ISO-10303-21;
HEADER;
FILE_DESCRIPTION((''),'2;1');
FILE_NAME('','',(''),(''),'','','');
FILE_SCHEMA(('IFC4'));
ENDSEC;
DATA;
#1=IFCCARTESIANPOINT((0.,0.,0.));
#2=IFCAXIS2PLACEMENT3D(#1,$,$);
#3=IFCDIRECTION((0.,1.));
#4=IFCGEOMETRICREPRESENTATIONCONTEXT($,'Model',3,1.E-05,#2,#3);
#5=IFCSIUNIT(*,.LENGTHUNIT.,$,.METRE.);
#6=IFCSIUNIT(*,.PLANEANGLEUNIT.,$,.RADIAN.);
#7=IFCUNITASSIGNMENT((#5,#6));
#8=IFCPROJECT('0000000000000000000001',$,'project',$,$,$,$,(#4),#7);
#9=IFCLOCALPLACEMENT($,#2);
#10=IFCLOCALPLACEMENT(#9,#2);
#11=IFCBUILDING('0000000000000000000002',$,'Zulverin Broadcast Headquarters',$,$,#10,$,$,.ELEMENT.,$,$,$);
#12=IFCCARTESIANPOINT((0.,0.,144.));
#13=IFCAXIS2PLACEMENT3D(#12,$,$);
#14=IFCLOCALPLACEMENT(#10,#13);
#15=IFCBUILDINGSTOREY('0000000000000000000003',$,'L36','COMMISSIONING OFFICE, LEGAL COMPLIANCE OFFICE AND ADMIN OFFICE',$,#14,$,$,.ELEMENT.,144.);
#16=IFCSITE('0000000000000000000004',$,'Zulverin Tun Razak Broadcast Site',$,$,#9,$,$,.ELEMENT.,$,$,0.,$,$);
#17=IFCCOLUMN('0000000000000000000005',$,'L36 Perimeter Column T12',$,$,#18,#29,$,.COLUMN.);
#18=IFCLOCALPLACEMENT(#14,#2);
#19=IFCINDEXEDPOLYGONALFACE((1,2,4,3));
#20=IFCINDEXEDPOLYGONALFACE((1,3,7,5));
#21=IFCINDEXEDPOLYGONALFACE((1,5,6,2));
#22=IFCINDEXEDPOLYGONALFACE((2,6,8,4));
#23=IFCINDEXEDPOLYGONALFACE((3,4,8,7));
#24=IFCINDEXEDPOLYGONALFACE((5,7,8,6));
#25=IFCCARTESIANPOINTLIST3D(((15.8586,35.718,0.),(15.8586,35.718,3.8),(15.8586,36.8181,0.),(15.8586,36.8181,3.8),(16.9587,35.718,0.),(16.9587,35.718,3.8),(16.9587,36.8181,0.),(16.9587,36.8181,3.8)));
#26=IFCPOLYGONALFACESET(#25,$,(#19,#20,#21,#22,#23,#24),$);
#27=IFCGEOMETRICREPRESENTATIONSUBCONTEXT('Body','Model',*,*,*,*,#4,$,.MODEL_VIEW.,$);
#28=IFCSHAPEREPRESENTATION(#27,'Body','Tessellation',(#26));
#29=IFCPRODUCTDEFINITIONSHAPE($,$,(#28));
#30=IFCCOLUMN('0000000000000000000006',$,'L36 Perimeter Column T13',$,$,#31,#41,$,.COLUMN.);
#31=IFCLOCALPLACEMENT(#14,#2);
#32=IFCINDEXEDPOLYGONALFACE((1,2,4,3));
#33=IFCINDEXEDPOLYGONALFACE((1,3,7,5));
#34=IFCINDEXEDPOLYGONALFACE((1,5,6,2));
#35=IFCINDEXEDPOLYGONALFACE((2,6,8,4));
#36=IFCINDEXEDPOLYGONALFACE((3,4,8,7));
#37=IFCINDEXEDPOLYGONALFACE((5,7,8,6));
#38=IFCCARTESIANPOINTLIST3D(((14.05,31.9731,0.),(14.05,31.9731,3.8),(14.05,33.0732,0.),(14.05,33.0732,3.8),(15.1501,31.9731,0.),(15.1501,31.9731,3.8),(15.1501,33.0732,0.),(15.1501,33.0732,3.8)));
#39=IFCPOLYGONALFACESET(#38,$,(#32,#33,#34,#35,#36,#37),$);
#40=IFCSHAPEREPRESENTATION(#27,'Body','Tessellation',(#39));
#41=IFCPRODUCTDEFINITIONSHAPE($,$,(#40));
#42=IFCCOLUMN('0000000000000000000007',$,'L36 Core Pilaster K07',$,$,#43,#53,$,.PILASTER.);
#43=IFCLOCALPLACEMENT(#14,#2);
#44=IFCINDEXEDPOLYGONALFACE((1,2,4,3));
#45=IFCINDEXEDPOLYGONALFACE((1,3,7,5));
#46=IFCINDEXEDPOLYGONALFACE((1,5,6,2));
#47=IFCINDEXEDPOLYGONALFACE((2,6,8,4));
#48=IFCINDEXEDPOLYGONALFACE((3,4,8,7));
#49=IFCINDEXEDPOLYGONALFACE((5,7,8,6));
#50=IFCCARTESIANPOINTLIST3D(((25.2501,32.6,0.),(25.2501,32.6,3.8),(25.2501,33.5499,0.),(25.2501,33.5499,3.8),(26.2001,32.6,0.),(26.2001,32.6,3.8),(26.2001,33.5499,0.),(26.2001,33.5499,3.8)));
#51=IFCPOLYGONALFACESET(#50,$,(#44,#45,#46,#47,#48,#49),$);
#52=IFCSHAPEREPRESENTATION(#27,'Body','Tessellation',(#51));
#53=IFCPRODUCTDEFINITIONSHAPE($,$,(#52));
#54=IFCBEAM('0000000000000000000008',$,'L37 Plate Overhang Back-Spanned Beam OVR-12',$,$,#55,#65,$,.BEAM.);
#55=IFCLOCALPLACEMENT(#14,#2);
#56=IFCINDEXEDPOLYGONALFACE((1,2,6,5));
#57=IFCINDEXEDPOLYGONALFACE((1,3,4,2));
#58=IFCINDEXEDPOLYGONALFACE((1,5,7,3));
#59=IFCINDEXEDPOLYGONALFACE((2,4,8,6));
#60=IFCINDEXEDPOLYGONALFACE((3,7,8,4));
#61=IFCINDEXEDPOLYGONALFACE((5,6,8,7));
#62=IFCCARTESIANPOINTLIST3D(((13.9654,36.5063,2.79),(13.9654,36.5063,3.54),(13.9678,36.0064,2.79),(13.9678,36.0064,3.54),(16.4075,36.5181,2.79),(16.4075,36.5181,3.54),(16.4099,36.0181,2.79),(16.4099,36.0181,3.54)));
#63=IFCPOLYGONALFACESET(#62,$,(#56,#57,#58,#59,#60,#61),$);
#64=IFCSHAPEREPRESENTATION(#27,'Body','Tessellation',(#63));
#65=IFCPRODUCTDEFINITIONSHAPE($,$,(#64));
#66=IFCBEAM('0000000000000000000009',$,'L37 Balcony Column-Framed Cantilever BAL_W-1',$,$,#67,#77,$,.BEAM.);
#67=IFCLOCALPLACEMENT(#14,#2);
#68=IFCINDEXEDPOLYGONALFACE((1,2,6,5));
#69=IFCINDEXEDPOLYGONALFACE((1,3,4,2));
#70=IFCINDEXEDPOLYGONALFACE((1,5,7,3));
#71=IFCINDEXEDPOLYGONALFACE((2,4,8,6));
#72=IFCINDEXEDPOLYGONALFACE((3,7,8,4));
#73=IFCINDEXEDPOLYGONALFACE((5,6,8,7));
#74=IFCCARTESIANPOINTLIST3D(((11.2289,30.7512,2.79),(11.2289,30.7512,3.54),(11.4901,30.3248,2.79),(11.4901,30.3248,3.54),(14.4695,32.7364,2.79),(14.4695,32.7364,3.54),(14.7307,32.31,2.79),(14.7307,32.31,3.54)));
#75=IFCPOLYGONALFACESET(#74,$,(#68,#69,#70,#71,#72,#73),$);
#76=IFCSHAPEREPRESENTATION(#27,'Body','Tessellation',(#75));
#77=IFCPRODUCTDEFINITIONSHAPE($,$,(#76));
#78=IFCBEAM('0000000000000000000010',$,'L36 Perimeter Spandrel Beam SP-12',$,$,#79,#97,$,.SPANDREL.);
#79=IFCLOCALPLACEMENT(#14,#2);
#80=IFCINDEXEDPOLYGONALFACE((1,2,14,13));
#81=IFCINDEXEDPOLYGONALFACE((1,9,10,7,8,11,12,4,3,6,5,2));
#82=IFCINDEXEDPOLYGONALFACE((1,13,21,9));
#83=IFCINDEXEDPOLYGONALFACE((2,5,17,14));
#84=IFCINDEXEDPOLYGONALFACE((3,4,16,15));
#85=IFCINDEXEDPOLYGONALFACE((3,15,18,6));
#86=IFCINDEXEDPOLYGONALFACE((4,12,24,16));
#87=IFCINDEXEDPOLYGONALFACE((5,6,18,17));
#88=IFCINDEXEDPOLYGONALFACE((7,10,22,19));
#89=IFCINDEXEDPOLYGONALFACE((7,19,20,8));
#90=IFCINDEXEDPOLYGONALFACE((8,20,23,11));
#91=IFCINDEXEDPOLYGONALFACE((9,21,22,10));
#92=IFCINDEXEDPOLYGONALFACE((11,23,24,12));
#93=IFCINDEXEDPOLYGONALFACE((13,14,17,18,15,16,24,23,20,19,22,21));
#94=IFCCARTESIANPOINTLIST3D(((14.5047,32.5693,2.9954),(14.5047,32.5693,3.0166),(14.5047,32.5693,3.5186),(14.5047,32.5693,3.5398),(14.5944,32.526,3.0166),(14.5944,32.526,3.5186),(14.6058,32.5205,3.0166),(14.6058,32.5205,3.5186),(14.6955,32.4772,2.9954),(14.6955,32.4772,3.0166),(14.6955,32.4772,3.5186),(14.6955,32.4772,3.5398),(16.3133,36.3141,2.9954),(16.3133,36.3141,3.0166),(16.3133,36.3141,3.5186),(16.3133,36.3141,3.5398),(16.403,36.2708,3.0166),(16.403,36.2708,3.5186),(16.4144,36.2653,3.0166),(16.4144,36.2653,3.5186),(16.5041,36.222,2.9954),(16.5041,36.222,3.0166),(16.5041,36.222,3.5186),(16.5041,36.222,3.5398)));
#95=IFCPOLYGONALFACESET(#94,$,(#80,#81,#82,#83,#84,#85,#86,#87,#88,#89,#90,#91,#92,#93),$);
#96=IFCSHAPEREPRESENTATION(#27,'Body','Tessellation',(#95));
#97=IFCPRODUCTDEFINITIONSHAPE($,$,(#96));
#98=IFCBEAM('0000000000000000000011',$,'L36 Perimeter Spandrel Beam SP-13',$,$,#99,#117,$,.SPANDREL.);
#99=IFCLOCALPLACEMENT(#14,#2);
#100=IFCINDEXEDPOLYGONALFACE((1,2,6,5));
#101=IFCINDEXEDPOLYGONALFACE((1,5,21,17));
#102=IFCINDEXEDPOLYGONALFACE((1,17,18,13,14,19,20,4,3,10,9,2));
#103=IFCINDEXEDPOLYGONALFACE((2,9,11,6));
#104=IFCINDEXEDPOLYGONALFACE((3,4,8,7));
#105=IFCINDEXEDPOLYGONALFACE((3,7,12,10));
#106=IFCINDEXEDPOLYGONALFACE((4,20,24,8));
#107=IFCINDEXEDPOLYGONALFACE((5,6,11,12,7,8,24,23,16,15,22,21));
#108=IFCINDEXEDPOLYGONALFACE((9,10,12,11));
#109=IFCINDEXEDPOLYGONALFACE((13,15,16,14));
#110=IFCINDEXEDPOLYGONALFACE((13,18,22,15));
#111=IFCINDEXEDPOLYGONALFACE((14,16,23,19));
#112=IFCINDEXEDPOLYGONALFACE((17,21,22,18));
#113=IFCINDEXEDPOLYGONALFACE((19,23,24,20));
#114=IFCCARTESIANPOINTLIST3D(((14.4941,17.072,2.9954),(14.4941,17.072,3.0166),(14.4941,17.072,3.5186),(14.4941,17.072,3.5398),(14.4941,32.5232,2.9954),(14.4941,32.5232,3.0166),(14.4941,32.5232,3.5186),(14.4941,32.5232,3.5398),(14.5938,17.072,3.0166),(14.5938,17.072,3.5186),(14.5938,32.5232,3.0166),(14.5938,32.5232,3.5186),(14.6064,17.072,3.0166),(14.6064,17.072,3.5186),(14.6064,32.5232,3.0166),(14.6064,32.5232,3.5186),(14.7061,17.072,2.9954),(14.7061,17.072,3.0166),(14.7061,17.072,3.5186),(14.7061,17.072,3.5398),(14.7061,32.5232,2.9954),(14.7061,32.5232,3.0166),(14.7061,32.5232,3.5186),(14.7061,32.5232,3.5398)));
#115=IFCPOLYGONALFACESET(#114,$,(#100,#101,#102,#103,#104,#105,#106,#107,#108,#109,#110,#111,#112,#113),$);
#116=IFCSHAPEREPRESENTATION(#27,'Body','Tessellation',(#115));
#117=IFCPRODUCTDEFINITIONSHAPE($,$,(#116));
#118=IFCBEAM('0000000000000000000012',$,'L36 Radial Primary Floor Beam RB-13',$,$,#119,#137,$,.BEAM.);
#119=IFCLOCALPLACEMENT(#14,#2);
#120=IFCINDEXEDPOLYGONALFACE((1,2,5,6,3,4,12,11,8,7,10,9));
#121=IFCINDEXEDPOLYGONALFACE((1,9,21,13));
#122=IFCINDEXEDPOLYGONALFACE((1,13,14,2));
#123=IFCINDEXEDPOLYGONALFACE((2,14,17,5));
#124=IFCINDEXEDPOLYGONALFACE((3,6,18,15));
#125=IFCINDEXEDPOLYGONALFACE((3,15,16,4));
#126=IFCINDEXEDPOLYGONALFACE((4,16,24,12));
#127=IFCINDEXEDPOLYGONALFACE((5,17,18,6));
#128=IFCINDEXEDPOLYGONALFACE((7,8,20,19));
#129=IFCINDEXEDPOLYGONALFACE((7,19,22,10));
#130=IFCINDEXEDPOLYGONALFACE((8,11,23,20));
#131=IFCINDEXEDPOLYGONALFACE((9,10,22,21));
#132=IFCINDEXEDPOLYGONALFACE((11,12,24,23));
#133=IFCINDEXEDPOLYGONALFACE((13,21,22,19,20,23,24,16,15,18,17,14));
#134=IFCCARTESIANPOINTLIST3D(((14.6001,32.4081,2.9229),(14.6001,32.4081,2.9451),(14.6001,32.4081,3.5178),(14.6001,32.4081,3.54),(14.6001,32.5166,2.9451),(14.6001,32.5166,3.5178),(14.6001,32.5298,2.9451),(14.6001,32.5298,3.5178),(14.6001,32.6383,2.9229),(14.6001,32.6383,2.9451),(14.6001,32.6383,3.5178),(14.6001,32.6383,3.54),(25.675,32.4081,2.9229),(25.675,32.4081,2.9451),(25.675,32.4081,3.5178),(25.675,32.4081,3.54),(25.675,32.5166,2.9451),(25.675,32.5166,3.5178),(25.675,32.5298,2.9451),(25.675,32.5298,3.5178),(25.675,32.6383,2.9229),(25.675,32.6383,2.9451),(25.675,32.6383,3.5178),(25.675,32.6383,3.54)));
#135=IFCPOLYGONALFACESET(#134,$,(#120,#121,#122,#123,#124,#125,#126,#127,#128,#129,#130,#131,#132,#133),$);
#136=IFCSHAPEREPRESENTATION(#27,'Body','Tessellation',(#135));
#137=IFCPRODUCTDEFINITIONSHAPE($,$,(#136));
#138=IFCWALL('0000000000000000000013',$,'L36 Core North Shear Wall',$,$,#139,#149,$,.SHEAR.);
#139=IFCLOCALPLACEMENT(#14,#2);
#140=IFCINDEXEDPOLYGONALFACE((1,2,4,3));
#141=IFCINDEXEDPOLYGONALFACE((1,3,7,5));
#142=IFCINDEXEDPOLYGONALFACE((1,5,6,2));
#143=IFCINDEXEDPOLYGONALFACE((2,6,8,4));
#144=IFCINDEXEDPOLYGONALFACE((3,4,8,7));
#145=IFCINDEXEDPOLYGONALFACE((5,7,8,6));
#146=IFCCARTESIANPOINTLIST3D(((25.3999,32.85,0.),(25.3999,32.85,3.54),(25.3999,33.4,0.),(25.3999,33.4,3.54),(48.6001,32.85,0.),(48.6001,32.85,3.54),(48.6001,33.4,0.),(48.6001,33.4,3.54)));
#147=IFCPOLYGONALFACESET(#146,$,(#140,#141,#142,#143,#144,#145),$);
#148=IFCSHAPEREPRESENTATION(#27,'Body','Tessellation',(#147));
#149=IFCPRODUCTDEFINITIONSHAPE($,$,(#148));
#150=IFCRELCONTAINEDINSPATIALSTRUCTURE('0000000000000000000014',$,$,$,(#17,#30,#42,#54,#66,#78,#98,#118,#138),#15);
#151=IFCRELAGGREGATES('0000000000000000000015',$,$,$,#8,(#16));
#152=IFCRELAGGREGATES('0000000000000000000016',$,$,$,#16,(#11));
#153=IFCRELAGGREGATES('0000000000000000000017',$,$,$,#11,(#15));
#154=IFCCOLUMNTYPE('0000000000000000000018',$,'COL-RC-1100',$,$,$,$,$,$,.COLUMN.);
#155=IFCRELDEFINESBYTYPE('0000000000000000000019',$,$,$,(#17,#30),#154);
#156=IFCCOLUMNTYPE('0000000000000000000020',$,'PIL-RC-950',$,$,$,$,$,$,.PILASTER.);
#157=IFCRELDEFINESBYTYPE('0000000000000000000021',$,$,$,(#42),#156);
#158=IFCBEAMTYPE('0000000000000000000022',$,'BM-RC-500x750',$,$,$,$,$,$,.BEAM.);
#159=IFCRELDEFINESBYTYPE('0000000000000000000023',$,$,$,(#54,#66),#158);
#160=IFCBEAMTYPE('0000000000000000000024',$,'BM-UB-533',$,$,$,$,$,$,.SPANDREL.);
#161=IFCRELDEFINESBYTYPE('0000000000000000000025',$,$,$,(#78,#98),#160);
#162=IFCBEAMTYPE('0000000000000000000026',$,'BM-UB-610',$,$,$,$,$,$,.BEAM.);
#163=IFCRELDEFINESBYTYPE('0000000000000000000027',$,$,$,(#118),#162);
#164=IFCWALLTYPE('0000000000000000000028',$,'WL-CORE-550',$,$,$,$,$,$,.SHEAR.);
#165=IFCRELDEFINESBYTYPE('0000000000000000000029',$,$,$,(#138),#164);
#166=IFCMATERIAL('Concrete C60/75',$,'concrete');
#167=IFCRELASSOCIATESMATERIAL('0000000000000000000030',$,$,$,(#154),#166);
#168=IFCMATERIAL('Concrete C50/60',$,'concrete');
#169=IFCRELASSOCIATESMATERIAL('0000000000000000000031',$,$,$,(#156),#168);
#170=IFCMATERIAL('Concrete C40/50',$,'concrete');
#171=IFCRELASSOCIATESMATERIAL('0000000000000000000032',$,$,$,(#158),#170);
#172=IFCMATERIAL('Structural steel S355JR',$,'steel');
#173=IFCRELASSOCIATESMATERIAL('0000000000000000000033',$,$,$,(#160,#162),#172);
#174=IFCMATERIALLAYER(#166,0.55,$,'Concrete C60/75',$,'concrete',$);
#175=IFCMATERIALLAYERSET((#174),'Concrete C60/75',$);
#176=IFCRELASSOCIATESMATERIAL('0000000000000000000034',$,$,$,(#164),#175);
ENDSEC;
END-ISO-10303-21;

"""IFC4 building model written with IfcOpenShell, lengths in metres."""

from ifc_helpers import new_model, si_unit, direction, frame, frame_2d, origin, origin_2d, place, context, subcontext, project, spatial, rectangle, i_section, extrude, material, layer, layer_set, material_profile, profile_set, type_object, element, save


model = new_model("IFC4")

# Units and contexts
model_context = context("Model", 3, precision=1e-05, world=origin(), true_north=direction((0.0, 1.0)))
body_context = subcontext(model_context, "Body", "Model", "MODEL_VIEW")
ifc_project = project(units=[si_unit("LENGTHUNIT", "METRE"), si_unit("PLANEANGLEUNIT", "RADIAN")], contexts=[model_context])

# Site, building, storey
site_placement = place(None, origin())
site = spatial("IfcSite", under=ifc_project, at=site_placement, Name="Zulverin Tun Razak Broadcast Site", CompositionType="ELEMENT", RefElevation=0.0)
building_placement = place(site_placement, origin())
building = spatial("IfcBuilding", under=site, at=building_placement, Name="Zulverin Broadcast Headquarters", CompositionType="ELEMENT")
storey_placement = place(building_placement, frame((0.0, 0.0, 144.0)))
storey = spatial("IfcBuildingStorey", under=building, at=storey_placement, Name="L36", Description="COMMISSIONING OFFICE, LEGAL COMPLIANCE OFFICE AND ADMIN OFFICE", CompositionType="ELEMENT", Elevation=144.0)

# Columns
ifc_material_1 = material(Name="Concrete C60/75", Category="concrete")
ifc_material_profile_1 = material_profile(ifc_material_1, rectangle(XDim=1.1001, YDim=1.1001, at=origin_2d()), Name="Concrete C60/75", Category="concrete")
ifc_profile_set_1 = profile_set([ifc_material_profile_1], Name="Concrete C60/75")
column_type_1 = type_object("IfcColumnType", Name="COL-RC-1100", PredefinedType="COLUMN", material=ifc_profile_set_1)
for number, where, z_axis, x_axis, name in (
    (1, (16.4087, 36.2681, 0.0), (0.0, 0.0, 1.0), (1.0, 0.0, 0.0), "L36 Perimeter Column T12"),
    (2, (14.6001, 32.5232, 0.0), (0.0, 0.0, 1.0), (1.0, 0.0, 0.0), "L36 Perimeter Column T13"),
):
    element("IfcColumn", number, at=place(storey_placement, frame(where, z_axis=z_axis, x_axis=x_axis)), inside=storey, type_object=column_type_1, Name=name, PredefinedType="COLUMN", context=body_context, shape_type="SweptSolid", body=[
        extrude(rectangle(XDim=1.1001, YDim=1.1001, at=origin_2d()), origin(), (0.0, 0.0, 1.0), 3.8),
    ])
ifc_material_2 = material(Name="Concrete C50/60", Category="concrete")
ifc_material_profile_2 = material_profile(ifc_material_2, rectangle(XDim=0.95, YDim=0.95, at=origin_2d()), Name="Concrete C50/60", Category="concrete")
ifc_profile_set_2 = profile_set([ifc_material_profile_2], Name="Concrete C50/60")
column_type_2 = type_object("IfcColumnType", Name="PIL-RC-950", PredefinedType="PILASTER", material=ifc_profile_set_2)
column_placement = place(storey_placement, frame((25.7251, 33.075, 0.0), z_axis=(0.0, 0.0, 1.0), x_axis=(1.0, 0.0, 0.0)))
element("IfcColumn", 3, at=column_placement, inside=storey, type_object=column_type_2, Name="L36 Core Pilaster K07", PredefinedType="PILASTER", context=body_context, shape_type="SweptSolid", body=[
    extrude(rectangle(XDim=0.95, YDim=0.95, at=origin_2d()), origin(), (0.0, 0.0, 1.0), 3.8),
])

# Beams
ifc_material_3 = material(Name="Concrete C40/50", Category="concrete")
ifc_material_profile_3 = material_profile(ifc_material_3, rectangle(XDim=0.5, YDim=0.75, at=origin_2d()), Name="Concrete C40/50", Category="concrete")
ifc_profile_set_3 = profile_set([ifc_material_profile_3], Name="Concrete C40/50")
beam_type_1 = type_object("IfcBeamType", Name="BM-RC-500x750", PredefinedType="BEAM", material=ifc_profile_set_3)
beam_1_placement = place(storey_placement, frame((16.4087, 36.2681, 3.165), z_axis=(-0.999988, -0.004799, 0.0), x_axis=(0.004799, -0.999988, 0.0)))
element("IfcBeam", 4, at=beam_1_placement, inside=storey, type_object=beam_type_1, Name="L37 Plate Overhang Back-Spanned Beam OVR-12", PredefinedType="BEAM", context=body_context, shape_type="SweptSolid", body=[
    extrude(rectangle(XDim=0.5, YDim=0.75, at=origin_2d()), origin(), (0.0, 0.0, 1.0), 2.4421),
])
beam_2_placement = place(storey_placement, frame((14.6001, 32.5232, 3.165), z_axis=(-0.852718, -0.522372, 0.0), x_axis=(0.522372, -0.852718, 0.0)))
element("IfcBeam", 5, at=beam_2_placement, inside=storey, type_object=beam_type_1, Name="L37 Balcony Column-Framed Cantilever BAL_W-1", PredefinedType="BEAM", context=body_context, shape_type="SweptSolid", body=[
    extrude(rectangle(XDim=0.5, YDim=0.75, at=origin_2d()), origin(), (0.0, 0.0, 1.0), 3.8003),
])
ifc_material_4 = material(Name="Structural steel S355JR", Category="steel")
ifc_material_profile_4 = material_profile(ifc_material_4, i_section(OverallWidth=0.2119, OverallDepth=0.5444, WebThickness=0.0127, FlangeThickness=0.0212, at=origin_2d()), Name="Structural steel S355JR", Category="steel")
ifc_profile_set_4 = profile_set([ifc_material_profile_4], Name="Structural steel S355JR")
beam_type_2 = type_object("IfcBeamType", Name="BM-UB-533", PredefinedType="SPANDREL", material=ifc_profile_set_4)
beam_3_placement = place(storey_placement, frame((16.4087, 36.2681, 3.2676), z_axis=(-0.43489, -0.900483, 0.0), x_axis=(0.900483, -0.43489, 0.0)))
element("IfcBeam", 6, at=beam_3_placement, inside=storey, type_object=beam_type_2, Name="L36 Perimeter Spandrel Beam SP-12", PredefinedType="SPANDREL", context=body_context, shape_type="SweptSolid", body=[
    extrude(i_section(OverallWidth=0.2119, OverallDepth=0.5444, WebThickness=0.0127, FlangeThickness=0.0212, at=origin_2d()), origin(), (0.0, 0.0, 1.0), 4.1587),
])
beam_4_placement = place(storey_placement, frame((14.6001, 32.5232, 3.2676), z_axis=(0.0, -1.0, 0.0), x_axis=(1.0, 0.0, 0.0)))
element("IfcBeam", 7, at=beam_4_placement, inside=storey, type_object=beam_type_2, Name="L36 Perimeter Spandrel Beam SP-13", PredefinedType="SPANDREL", context=body_context, shape_type="SweptSolid", body=[
    extrude(i_section(OverallWidth=0.2119, OverallDepth=0.5444, WebThickness=0.0127, FlangeThickness=0.0212, at=origin_2d()), origin(), (0.0, 0.0, 1.0), 15.4512),
])
ifc_material_profile_5 = material_profile(ifc_material_4, i_section(OverallWidth=0.2302, OverallDepth=0.6172, WebThickness=0.0132, FlangeThickness=0.0222, at=origin_2d()), Name="Structural steel S355JR", Category="steel")
ifc_profile_set_5 = profile_set([ifc_material_profile_5], Name="Structural steel S355JR")
beam_type_3 = type_object("IfcBeamType", Name="BM-UB-610", PredefinedType="BEAM", material=ifc_profile_set_5)
beam_5_placement = place(storey_placement, frame((25.675, 32.5232, 3.2314), z_axis=(-1.0, 0.0, 0.0), x_axis=(0.0, -1.0, 0.0)))
element("IfcBeam", 8, at=beam_5_placement, inside=storey, type_object=beam_type_3, Name="L36 Radial Primary Floor Beam RB-13", PredefinedType="BEAM", context=body_context, shape_type="SweptSolid", body=[
    extrude(i_section(OverallWidth=0.2302, OverallDepth=0.6172, WebThickness=0.0132, FlangeThickness=0.0222, at=origin_2d()), origin(), (0.0, 0.0, 1.0), 11.075),
])

# Wall
ifc_layer_1 = layer(ifc_material_1, 0.55, Name="Concrete C60/75", Category="concrete")
ifc_layer_set_1 = layer_set([ifc_layer_1], Name="Concrete C60/75")
wall_type_1 = type_object("IfcWallType", Name="WL-CORE-550", PredefinedType="SHEAR", material=ifc_layer_set_1)
wall_1_placement = place(storey_placement, frame((25.3999, 33.125, 0.0), z_axis=(0.0, 0.0, 1.0), x_axis=(1.0, 0.0, 0.0)))
element("IfcWall", 9, at=wall_1_placement, inside=storey, type_object=wall_type_1, Name="L36 Core North Shear Wall", PredefinedType="SHEAR", context=body_context, shape_type="SweptSolid", body=[
    extrude(rectangle(XDim=23.2002, YDim=0.55, at=frame_2d((11.6001, 0.0))), origin(), (0.0, 0.0, 1.0), 3.54),
])

save(model, "model.ifc")
